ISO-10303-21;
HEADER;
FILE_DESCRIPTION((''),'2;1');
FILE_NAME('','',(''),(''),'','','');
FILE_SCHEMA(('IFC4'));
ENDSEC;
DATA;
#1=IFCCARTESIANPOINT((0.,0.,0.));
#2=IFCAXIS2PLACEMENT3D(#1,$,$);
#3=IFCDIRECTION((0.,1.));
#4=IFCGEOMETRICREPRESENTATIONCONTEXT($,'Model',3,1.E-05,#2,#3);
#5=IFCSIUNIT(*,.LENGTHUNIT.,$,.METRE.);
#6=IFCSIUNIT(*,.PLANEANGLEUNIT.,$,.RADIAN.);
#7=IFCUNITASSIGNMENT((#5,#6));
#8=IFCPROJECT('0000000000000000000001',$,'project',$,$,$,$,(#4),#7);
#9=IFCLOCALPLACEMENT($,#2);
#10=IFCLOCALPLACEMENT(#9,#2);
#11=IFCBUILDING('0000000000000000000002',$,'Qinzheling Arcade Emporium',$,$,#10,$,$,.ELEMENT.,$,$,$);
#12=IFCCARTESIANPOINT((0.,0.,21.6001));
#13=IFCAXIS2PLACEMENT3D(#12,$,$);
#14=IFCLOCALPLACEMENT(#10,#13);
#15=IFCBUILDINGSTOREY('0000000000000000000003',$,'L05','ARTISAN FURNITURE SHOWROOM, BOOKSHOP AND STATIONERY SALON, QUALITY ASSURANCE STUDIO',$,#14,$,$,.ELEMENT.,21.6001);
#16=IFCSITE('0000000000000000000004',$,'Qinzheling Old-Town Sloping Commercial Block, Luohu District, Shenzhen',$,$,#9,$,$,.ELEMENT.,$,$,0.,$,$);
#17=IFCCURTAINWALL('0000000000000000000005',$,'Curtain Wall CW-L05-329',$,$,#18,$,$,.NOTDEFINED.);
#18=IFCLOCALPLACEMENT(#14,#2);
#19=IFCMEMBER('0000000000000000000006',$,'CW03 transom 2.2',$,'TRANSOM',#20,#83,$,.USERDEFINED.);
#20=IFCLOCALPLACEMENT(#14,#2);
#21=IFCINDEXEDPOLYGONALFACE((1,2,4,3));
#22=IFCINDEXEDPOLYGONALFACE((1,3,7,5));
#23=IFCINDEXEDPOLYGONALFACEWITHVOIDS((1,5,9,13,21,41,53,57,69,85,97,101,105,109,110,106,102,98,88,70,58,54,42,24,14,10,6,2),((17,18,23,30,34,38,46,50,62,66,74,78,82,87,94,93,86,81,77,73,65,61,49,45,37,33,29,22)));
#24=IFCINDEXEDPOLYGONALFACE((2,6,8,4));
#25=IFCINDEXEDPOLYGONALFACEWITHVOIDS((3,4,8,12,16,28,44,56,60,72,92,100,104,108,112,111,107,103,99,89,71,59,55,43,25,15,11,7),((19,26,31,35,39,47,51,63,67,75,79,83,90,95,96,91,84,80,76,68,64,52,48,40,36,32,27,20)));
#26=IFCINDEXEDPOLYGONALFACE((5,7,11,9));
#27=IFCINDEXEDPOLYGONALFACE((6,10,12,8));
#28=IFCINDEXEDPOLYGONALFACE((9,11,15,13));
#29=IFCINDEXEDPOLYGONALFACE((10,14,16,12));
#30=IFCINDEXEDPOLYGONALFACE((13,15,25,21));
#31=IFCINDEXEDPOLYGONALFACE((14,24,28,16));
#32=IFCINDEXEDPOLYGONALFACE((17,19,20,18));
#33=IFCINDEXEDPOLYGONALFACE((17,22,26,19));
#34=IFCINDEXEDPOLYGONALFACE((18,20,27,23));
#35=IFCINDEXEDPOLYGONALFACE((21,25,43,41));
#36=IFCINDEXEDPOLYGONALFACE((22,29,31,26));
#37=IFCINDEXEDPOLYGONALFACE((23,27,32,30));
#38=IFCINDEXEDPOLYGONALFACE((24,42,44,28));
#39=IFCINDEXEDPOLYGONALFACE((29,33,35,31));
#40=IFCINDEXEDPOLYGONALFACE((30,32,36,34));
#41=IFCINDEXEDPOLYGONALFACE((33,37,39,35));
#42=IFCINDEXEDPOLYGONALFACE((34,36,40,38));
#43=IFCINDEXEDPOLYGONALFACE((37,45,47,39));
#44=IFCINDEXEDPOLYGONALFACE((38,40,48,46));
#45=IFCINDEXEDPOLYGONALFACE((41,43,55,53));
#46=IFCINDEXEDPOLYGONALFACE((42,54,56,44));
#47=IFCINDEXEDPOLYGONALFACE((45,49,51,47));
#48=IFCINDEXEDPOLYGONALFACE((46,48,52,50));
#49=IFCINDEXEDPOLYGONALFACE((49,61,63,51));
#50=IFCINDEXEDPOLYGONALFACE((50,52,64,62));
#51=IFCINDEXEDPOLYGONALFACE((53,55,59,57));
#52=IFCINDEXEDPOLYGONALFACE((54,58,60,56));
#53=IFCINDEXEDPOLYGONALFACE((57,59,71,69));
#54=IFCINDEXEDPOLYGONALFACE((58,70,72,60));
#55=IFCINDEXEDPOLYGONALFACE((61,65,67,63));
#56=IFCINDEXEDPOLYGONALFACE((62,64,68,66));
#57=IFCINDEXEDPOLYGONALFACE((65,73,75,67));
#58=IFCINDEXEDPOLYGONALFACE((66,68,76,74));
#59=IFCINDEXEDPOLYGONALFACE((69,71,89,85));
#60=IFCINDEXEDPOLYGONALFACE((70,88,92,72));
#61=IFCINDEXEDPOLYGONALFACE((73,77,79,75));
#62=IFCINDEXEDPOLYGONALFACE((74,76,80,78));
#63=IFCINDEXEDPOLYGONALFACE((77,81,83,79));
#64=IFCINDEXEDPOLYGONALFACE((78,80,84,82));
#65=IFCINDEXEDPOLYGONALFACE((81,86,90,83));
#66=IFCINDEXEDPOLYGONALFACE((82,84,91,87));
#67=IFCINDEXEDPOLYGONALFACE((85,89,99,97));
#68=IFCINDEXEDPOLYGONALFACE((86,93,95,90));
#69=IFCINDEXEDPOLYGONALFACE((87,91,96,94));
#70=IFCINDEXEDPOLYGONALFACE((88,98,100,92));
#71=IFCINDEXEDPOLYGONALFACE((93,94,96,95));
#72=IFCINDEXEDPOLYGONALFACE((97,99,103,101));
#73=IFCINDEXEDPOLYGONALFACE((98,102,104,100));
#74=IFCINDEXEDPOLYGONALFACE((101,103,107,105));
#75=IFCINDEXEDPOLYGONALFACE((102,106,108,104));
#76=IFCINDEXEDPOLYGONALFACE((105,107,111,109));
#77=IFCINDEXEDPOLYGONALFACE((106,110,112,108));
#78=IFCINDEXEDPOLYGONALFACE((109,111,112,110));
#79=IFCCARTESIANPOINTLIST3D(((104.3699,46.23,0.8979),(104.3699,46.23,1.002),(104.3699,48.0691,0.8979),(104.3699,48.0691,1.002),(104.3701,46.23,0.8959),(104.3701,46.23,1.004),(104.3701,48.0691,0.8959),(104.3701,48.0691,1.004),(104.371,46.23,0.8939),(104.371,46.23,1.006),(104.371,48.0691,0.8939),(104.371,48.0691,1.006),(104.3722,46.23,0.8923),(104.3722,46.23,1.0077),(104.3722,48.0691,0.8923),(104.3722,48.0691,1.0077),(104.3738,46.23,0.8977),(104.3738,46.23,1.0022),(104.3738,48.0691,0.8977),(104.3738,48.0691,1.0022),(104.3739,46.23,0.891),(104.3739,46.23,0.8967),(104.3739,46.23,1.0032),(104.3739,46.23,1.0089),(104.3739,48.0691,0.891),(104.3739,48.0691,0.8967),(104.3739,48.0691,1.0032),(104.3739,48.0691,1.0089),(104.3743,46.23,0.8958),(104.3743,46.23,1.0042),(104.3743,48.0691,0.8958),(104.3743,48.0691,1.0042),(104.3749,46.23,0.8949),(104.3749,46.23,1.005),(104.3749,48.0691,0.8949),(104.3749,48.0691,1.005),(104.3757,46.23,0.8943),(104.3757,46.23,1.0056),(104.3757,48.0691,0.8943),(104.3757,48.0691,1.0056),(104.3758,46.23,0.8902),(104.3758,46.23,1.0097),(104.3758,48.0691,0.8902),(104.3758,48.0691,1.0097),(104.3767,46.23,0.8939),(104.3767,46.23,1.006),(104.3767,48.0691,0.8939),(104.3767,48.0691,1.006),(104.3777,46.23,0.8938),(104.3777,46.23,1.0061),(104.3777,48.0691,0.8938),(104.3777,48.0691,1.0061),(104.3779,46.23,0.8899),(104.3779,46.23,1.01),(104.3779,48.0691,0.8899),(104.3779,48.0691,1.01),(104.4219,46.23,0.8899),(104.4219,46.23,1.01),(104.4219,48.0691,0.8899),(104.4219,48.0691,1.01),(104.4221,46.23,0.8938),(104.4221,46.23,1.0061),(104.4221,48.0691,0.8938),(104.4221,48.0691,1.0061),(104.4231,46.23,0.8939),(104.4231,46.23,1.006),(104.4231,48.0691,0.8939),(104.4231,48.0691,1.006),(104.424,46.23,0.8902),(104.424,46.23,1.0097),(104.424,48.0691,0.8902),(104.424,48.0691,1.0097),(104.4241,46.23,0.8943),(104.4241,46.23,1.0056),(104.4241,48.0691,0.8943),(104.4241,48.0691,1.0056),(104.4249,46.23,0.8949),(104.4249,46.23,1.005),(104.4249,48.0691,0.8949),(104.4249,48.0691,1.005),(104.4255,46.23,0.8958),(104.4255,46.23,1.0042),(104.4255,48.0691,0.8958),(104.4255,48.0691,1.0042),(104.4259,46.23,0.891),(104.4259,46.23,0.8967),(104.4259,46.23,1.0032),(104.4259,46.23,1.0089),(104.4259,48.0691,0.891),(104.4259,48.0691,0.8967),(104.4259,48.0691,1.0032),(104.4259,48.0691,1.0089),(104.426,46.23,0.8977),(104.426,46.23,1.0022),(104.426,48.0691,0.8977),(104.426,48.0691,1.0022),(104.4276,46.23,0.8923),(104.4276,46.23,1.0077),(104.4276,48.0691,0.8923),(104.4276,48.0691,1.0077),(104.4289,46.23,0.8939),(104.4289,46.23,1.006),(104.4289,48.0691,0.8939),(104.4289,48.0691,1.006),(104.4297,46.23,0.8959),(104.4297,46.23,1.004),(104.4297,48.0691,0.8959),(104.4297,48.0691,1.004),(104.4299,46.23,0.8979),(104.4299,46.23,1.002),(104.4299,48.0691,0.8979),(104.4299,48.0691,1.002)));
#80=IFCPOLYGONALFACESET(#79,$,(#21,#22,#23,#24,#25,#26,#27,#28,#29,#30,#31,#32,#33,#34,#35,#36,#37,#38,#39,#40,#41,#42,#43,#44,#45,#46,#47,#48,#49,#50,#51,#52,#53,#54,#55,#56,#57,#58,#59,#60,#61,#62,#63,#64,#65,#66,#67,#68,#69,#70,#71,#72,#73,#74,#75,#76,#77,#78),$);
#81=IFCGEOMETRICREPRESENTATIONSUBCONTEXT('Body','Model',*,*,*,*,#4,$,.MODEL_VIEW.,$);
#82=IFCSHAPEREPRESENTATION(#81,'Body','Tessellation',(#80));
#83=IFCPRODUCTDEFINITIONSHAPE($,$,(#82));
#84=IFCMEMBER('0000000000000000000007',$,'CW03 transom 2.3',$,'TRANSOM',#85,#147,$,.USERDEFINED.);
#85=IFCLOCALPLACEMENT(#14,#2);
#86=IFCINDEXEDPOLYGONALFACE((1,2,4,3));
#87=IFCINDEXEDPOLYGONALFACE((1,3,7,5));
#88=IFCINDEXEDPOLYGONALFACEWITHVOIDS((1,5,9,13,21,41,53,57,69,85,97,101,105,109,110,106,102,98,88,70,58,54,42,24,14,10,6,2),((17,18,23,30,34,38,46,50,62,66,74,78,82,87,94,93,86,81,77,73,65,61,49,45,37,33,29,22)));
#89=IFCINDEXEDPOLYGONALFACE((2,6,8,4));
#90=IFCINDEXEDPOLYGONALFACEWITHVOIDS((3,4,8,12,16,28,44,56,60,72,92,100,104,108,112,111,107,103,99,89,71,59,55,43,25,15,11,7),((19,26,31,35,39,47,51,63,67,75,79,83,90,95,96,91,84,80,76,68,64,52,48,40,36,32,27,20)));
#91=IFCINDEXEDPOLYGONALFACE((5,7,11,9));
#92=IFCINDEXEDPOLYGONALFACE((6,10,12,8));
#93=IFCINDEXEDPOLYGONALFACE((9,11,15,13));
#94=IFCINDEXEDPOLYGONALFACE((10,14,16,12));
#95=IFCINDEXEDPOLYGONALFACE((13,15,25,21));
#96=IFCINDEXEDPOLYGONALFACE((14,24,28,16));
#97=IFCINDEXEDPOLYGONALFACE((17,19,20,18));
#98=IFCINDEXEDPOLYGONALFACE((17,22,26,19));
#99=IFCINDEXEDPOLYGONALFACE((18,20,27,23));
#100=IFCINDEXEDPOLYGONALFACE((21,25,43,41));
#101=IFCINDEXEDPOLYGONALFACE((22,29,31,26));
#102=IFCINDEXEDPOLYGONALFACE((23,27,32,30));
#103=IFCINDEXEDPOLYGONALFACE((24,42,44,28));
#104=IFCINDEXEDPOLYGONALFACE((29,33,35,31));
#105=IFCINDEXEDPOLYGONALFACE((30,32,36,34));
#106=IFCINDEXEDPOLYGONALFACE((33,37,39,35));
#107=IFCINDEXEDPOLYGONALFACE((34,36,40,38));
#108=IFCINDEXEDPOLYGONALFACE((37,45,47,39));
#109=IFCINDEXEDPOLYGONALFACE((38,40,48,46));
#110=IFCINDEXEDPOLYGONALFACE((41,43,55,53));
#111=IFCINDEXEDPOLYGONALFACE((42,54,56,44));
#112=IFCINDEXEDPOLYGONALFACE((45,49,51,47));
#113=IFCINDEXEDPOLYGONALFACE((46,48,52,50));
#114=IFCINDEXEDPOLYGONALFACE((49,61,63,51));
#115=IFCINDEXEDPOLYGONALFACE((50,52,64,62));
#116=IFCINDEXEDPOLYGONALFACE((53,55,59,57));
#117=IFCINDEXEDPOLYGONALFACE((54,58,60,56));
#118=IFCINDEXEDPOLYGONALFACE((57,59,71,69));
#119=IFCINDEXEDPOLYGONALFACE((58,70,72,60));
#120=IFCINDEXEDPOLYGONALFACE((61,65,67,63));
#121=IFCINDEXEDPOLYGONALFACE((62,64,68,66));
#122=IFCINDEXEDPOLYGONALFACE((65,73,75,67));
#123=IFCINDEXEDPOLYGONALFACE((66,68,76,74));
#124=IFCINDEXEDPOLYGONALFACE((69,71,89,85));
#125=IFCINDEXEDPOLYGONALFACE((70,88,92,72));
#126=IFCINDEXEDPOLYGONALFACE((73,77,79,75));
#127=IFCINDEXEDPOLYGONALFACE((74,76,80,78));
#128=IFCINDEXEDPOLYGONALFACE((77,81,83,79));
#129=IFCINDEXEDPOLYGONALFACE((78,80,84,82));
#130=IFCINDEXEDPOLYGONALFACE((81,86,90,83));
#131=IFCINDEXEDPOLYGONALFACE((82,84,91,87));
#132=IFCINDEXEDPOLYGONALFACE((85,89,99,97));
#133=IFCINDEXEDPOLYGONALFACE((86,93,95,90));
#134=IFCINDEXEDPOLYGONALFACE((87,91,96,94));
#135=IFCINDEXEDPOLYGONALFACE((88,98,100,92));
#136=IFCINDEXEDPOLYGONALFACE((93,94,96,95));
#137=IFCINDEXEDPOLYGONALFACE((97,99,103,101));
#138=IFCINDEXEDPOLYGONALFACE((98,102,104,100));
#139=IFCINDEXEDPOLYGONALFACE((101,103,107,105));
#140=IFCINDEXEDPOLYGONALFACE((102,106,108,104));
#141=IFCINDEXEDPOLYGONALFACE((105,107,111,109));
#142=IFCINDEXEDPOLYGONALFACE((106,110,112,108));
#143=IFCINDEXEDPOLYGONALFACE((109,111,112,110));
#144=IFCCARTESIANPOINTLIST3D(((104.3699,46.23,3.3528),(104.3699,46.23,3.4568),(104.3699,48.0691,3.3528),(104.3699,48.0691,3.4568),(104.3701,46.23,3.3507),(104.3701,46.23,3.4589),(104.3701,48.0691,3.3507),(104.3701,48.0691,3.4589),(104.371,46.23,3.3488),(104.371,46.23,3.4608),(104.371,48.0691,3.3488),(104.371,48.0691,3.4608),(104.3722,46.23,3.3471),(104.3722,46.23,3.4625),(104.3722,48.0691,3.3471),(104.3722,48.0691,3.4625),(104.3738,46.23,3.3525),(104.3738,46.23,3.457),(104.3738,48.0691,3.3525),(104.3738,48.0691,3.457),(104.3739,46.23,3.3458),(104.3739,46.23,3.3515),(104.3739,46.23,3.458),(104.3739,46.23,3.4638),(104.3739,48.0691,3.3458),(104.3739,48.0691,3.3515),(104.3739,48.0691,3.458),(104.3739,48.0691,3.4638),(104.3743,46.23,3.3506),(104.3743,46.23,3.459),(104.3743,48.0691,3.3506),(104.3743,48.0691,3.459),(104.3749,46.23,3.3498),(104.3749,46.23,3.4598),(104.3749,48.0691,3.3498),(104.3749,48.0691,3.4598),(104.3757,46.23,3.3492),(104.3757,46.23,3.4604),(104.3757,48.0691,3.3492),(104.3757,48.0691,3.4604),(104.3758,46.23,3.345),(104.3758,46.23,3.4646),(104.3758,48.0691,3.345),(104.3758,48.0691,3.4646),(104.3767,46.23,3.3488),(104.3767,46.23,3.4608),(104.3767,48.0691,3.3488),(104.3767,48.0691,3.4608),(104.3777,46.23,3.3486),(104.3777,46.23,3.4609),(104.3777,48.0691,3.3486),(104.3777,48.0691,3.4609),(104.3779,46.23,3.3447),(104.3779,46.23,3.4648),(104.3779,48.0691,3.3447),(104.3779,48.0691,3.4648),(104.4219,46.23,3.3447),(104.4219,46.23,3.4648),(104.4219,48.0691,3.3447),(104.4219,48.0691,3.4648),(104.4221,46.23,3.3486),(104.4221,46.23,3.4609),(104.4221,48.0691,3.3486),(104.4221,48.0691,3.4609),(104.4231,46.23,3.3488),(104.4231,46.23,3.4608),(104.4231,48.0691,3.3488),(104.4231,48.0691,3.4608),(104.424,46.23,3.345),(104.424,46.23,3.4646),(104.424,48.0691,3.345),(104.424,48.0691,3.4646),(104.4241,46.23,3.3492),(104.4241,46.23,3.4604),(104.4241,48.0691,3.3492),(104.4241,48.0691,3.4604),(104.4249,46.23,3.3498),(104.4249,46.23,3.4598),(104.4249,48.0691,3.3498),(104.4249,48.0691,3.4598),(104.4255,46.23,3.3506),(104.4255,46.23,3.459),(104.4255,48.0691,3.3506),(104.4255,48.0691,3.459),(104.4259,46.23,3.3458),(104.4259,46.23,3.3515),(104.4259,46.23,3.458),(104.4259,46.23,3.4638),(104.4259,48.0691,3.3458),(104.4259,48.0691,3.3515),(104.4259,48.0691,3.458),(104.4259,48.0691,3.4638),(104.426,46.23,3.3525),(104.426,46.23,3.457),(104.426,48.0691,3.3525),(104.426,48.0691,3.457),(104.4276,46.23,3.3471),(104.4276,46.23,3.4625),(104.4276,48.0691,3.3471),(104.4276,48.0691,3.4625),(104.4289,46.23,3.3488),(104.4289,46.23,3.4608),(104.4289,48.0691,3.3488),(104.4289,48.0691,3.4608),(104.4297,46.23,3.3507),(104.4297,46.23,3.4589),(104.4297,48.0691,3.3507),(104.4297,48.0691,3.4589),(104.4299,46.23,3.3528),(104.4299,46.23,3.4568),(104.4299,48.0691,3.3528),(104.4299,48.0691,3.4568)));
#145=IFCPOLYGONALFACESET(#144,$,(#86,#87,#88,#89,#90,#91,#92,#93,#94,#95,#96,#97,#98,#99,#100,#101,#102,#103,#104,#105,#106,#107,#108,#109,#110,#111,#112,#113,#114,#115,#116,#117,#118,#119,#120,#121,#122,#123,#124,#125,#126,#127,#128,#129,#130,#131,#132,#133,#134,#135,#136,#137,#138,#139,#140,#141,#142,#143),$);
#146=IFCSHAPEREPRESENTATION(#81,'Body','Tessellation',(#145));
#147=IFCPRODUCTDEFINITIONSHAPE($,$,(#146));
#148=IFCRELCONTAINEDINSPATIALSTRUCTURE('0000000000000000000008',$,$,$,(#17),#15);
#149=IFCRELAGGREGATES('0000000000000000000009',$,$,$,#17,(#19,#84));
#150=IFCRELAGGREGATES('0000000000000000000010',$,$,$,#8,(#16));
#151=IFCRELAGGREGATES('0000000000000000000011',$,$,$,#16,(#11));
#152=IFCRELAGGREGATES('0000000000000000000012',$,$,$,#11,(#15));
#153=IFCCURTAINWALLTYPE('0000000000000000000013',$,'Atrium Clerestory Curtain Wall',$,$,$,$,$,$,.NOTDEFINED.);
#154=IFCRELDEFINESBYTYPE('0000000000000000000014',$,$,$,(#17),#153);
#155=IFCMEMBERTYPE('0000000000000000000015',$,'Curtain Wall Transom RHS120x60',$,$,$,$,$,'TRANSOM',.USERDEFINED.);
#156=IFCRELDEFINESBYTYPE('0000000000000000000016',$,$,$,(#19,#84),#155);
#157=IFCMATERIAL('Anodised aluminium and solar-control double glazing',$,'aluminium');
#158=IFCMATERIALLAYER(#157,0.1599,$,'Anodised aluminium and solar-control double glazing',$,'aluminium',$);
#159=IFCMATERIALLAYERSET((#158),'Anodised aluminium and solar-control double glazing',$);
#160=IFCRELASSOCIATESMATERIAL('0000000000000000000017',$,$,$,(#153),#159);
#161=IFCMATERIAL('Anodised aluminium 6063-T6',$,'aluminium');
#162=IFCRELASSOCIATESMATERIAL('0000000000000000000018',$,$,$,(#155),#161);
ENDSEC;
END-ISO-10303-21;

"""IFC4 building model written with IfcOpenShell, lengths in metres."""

from ifc_helpers import new_model, si_unit, direction, frame, origin, origin_2d, place, context, subcontext, project, spatial, hollow_rectangle, extrude, material, layer, layer_set, material_profile, profile_set, type_object, element, aggregate, save


model = new_model("IFC4")

# Units and contexts
model_context = context("Model", 3, precision=1e-05, world=origin(), true_north=direction((0.0, 1.0)))
body_context = subcontext(model_context, "Body", "Model", "MODEL_VIEW")
ifc_project = project(units=[si_unit("LENGTHUNIT", "METRE"), si_unit("PLANEANGLEUNIT", "RADIAN")], contexts=[model_context])

# Site, building, storey
site_placement = place(None, origin())
site = spatial("IfcSite", under=ifc_project, at=site_placement, Name="Qinzheling Old-Town Sloping Commercial Block, Luohu District, Shenzhen", CompositionType="ELEMENT", RefElevation=0.0)
building_placement = place(site_placement, origin())
building = spatial("IfcBuilding", under=site, at=building_placement, Name="Qinzheling Arcade Emporium", CompositionType="ELEMENT")
storey_placement = place(building_placement, frame((0.0, 0.0, 21.6001)))
storey = spatial("IfcBuildingStorey", under=building, at=storey_placement, Name="L05", Description="ARTISAN FURNITURE SHOWROOM, BOOKSHOP AND STATIONERY SALON, QUALITY ASSURANCE STUDIO", CompositionType="ELEMENT", Elevation=21.6001)

# Curtain wall, members
ifc_material_1 = material(Name="Anodised aluminium and solar-control double glazing", Category="aluminium")
ifc_layer_1 = layer(ifc_material_1, 0.1599, Name="Anodised aluminium and solar-control double glazing", Category="aluminium")
ifc_layer_set_1 = layer_set([ifc_layer_1], Name="Anodised aluminium and solar-control double glazing")
curtain_wall_type = type_object("IfcCurtainWallType", Name="Atrium Clerestory Curtain Wall", PredefinedType="NOTDEFINED", material=ifc_layer_set_1)
curtain_wall_placement = place(storey_placement, origin())
curtain_wall = element("IfcCurtainWall", 1, at=curtain_wall_placement, inside=storey, type_object=curtain_wall_type, Name="Curtain Wall CW-L05-329", PredefinedType="NOTDEFINED")
ifc_material_2 = material(Name="Anodised aluminium 6063-T6", Category="aluminium")
ifc_material_profile_1 = material_profile(ifc_material_2, hollow_rectangle(XDim=0.0601, YDim=0.1201, WallThickness=0.0039, InnerFilletRadius=0.0039, OuterFilletRadius=0.0081, at=origin_2d()), Name="RHS 120x60x4", Category="aluminium")
ifc_profile_set_1 = profile_set([ifc_material_profile_1], Name="Anodised aluminium 6063-T6")
member_type_1 = type_object("IfcMemberType", Name="Curtain Wall Transom RHS120x60", ElementType="TRANSOM", PredefinedType="USERDEFINED", material=ifc_profile_set_1)
member_1_placement = place(storey_placement, frame((104.3999, 48.0691, 0.95), z_axis=(0.0, -1.0, 0.0), x_axis=(1.0, 0.0, 0.0)))
member_1 = element("IfcMember", 2, at=member_1_placement, type_object=member_type_1, Name="CW03 transom 2.2", ObjectType="TRANSOM", PredefinedType="USERDEFINED", context=body_context, shape_type="SweptSolid", body=[
    extrude(hollow_rectangle(XDim=0.0601, YDim=0.1201, WallThickness=0.0039, InnerFilletRadius=0.0039, OuterFilletRadius=0.0081, at=origin_2d()), origin(), (0.0, 0.0, 1.0), 1.8391),
])
member_2_placement = place(storey_placement, frame((104.3999, 48.0691, 3.4048), z_axis=(0.0, -1.0, 0.0), x_axis=(1.0, 0.0, 0.0)))
member_2 = element("IfcMember", 3, at=member_2_placement, type_object=member_type_1, Name="CW03 transom 2.3", ObjectType="TRANSOM", PredefinedType="USERDEFINED", context=body_context, shape_type="SweptSolid", body=[
    extrude(hollow_rectangle(XDim=0.0601, YDim=0.1201, WallThickness=0.0039, InnerFilletRadius=0.0039, OuterFilletRadius=0.0081, at=origin_2d()), origin(), (0.0, 0.0, 1.0), 1.8391),
])
aggregate(curtain_wall, [member_1, member_2])

save(model, "model.ifc")
